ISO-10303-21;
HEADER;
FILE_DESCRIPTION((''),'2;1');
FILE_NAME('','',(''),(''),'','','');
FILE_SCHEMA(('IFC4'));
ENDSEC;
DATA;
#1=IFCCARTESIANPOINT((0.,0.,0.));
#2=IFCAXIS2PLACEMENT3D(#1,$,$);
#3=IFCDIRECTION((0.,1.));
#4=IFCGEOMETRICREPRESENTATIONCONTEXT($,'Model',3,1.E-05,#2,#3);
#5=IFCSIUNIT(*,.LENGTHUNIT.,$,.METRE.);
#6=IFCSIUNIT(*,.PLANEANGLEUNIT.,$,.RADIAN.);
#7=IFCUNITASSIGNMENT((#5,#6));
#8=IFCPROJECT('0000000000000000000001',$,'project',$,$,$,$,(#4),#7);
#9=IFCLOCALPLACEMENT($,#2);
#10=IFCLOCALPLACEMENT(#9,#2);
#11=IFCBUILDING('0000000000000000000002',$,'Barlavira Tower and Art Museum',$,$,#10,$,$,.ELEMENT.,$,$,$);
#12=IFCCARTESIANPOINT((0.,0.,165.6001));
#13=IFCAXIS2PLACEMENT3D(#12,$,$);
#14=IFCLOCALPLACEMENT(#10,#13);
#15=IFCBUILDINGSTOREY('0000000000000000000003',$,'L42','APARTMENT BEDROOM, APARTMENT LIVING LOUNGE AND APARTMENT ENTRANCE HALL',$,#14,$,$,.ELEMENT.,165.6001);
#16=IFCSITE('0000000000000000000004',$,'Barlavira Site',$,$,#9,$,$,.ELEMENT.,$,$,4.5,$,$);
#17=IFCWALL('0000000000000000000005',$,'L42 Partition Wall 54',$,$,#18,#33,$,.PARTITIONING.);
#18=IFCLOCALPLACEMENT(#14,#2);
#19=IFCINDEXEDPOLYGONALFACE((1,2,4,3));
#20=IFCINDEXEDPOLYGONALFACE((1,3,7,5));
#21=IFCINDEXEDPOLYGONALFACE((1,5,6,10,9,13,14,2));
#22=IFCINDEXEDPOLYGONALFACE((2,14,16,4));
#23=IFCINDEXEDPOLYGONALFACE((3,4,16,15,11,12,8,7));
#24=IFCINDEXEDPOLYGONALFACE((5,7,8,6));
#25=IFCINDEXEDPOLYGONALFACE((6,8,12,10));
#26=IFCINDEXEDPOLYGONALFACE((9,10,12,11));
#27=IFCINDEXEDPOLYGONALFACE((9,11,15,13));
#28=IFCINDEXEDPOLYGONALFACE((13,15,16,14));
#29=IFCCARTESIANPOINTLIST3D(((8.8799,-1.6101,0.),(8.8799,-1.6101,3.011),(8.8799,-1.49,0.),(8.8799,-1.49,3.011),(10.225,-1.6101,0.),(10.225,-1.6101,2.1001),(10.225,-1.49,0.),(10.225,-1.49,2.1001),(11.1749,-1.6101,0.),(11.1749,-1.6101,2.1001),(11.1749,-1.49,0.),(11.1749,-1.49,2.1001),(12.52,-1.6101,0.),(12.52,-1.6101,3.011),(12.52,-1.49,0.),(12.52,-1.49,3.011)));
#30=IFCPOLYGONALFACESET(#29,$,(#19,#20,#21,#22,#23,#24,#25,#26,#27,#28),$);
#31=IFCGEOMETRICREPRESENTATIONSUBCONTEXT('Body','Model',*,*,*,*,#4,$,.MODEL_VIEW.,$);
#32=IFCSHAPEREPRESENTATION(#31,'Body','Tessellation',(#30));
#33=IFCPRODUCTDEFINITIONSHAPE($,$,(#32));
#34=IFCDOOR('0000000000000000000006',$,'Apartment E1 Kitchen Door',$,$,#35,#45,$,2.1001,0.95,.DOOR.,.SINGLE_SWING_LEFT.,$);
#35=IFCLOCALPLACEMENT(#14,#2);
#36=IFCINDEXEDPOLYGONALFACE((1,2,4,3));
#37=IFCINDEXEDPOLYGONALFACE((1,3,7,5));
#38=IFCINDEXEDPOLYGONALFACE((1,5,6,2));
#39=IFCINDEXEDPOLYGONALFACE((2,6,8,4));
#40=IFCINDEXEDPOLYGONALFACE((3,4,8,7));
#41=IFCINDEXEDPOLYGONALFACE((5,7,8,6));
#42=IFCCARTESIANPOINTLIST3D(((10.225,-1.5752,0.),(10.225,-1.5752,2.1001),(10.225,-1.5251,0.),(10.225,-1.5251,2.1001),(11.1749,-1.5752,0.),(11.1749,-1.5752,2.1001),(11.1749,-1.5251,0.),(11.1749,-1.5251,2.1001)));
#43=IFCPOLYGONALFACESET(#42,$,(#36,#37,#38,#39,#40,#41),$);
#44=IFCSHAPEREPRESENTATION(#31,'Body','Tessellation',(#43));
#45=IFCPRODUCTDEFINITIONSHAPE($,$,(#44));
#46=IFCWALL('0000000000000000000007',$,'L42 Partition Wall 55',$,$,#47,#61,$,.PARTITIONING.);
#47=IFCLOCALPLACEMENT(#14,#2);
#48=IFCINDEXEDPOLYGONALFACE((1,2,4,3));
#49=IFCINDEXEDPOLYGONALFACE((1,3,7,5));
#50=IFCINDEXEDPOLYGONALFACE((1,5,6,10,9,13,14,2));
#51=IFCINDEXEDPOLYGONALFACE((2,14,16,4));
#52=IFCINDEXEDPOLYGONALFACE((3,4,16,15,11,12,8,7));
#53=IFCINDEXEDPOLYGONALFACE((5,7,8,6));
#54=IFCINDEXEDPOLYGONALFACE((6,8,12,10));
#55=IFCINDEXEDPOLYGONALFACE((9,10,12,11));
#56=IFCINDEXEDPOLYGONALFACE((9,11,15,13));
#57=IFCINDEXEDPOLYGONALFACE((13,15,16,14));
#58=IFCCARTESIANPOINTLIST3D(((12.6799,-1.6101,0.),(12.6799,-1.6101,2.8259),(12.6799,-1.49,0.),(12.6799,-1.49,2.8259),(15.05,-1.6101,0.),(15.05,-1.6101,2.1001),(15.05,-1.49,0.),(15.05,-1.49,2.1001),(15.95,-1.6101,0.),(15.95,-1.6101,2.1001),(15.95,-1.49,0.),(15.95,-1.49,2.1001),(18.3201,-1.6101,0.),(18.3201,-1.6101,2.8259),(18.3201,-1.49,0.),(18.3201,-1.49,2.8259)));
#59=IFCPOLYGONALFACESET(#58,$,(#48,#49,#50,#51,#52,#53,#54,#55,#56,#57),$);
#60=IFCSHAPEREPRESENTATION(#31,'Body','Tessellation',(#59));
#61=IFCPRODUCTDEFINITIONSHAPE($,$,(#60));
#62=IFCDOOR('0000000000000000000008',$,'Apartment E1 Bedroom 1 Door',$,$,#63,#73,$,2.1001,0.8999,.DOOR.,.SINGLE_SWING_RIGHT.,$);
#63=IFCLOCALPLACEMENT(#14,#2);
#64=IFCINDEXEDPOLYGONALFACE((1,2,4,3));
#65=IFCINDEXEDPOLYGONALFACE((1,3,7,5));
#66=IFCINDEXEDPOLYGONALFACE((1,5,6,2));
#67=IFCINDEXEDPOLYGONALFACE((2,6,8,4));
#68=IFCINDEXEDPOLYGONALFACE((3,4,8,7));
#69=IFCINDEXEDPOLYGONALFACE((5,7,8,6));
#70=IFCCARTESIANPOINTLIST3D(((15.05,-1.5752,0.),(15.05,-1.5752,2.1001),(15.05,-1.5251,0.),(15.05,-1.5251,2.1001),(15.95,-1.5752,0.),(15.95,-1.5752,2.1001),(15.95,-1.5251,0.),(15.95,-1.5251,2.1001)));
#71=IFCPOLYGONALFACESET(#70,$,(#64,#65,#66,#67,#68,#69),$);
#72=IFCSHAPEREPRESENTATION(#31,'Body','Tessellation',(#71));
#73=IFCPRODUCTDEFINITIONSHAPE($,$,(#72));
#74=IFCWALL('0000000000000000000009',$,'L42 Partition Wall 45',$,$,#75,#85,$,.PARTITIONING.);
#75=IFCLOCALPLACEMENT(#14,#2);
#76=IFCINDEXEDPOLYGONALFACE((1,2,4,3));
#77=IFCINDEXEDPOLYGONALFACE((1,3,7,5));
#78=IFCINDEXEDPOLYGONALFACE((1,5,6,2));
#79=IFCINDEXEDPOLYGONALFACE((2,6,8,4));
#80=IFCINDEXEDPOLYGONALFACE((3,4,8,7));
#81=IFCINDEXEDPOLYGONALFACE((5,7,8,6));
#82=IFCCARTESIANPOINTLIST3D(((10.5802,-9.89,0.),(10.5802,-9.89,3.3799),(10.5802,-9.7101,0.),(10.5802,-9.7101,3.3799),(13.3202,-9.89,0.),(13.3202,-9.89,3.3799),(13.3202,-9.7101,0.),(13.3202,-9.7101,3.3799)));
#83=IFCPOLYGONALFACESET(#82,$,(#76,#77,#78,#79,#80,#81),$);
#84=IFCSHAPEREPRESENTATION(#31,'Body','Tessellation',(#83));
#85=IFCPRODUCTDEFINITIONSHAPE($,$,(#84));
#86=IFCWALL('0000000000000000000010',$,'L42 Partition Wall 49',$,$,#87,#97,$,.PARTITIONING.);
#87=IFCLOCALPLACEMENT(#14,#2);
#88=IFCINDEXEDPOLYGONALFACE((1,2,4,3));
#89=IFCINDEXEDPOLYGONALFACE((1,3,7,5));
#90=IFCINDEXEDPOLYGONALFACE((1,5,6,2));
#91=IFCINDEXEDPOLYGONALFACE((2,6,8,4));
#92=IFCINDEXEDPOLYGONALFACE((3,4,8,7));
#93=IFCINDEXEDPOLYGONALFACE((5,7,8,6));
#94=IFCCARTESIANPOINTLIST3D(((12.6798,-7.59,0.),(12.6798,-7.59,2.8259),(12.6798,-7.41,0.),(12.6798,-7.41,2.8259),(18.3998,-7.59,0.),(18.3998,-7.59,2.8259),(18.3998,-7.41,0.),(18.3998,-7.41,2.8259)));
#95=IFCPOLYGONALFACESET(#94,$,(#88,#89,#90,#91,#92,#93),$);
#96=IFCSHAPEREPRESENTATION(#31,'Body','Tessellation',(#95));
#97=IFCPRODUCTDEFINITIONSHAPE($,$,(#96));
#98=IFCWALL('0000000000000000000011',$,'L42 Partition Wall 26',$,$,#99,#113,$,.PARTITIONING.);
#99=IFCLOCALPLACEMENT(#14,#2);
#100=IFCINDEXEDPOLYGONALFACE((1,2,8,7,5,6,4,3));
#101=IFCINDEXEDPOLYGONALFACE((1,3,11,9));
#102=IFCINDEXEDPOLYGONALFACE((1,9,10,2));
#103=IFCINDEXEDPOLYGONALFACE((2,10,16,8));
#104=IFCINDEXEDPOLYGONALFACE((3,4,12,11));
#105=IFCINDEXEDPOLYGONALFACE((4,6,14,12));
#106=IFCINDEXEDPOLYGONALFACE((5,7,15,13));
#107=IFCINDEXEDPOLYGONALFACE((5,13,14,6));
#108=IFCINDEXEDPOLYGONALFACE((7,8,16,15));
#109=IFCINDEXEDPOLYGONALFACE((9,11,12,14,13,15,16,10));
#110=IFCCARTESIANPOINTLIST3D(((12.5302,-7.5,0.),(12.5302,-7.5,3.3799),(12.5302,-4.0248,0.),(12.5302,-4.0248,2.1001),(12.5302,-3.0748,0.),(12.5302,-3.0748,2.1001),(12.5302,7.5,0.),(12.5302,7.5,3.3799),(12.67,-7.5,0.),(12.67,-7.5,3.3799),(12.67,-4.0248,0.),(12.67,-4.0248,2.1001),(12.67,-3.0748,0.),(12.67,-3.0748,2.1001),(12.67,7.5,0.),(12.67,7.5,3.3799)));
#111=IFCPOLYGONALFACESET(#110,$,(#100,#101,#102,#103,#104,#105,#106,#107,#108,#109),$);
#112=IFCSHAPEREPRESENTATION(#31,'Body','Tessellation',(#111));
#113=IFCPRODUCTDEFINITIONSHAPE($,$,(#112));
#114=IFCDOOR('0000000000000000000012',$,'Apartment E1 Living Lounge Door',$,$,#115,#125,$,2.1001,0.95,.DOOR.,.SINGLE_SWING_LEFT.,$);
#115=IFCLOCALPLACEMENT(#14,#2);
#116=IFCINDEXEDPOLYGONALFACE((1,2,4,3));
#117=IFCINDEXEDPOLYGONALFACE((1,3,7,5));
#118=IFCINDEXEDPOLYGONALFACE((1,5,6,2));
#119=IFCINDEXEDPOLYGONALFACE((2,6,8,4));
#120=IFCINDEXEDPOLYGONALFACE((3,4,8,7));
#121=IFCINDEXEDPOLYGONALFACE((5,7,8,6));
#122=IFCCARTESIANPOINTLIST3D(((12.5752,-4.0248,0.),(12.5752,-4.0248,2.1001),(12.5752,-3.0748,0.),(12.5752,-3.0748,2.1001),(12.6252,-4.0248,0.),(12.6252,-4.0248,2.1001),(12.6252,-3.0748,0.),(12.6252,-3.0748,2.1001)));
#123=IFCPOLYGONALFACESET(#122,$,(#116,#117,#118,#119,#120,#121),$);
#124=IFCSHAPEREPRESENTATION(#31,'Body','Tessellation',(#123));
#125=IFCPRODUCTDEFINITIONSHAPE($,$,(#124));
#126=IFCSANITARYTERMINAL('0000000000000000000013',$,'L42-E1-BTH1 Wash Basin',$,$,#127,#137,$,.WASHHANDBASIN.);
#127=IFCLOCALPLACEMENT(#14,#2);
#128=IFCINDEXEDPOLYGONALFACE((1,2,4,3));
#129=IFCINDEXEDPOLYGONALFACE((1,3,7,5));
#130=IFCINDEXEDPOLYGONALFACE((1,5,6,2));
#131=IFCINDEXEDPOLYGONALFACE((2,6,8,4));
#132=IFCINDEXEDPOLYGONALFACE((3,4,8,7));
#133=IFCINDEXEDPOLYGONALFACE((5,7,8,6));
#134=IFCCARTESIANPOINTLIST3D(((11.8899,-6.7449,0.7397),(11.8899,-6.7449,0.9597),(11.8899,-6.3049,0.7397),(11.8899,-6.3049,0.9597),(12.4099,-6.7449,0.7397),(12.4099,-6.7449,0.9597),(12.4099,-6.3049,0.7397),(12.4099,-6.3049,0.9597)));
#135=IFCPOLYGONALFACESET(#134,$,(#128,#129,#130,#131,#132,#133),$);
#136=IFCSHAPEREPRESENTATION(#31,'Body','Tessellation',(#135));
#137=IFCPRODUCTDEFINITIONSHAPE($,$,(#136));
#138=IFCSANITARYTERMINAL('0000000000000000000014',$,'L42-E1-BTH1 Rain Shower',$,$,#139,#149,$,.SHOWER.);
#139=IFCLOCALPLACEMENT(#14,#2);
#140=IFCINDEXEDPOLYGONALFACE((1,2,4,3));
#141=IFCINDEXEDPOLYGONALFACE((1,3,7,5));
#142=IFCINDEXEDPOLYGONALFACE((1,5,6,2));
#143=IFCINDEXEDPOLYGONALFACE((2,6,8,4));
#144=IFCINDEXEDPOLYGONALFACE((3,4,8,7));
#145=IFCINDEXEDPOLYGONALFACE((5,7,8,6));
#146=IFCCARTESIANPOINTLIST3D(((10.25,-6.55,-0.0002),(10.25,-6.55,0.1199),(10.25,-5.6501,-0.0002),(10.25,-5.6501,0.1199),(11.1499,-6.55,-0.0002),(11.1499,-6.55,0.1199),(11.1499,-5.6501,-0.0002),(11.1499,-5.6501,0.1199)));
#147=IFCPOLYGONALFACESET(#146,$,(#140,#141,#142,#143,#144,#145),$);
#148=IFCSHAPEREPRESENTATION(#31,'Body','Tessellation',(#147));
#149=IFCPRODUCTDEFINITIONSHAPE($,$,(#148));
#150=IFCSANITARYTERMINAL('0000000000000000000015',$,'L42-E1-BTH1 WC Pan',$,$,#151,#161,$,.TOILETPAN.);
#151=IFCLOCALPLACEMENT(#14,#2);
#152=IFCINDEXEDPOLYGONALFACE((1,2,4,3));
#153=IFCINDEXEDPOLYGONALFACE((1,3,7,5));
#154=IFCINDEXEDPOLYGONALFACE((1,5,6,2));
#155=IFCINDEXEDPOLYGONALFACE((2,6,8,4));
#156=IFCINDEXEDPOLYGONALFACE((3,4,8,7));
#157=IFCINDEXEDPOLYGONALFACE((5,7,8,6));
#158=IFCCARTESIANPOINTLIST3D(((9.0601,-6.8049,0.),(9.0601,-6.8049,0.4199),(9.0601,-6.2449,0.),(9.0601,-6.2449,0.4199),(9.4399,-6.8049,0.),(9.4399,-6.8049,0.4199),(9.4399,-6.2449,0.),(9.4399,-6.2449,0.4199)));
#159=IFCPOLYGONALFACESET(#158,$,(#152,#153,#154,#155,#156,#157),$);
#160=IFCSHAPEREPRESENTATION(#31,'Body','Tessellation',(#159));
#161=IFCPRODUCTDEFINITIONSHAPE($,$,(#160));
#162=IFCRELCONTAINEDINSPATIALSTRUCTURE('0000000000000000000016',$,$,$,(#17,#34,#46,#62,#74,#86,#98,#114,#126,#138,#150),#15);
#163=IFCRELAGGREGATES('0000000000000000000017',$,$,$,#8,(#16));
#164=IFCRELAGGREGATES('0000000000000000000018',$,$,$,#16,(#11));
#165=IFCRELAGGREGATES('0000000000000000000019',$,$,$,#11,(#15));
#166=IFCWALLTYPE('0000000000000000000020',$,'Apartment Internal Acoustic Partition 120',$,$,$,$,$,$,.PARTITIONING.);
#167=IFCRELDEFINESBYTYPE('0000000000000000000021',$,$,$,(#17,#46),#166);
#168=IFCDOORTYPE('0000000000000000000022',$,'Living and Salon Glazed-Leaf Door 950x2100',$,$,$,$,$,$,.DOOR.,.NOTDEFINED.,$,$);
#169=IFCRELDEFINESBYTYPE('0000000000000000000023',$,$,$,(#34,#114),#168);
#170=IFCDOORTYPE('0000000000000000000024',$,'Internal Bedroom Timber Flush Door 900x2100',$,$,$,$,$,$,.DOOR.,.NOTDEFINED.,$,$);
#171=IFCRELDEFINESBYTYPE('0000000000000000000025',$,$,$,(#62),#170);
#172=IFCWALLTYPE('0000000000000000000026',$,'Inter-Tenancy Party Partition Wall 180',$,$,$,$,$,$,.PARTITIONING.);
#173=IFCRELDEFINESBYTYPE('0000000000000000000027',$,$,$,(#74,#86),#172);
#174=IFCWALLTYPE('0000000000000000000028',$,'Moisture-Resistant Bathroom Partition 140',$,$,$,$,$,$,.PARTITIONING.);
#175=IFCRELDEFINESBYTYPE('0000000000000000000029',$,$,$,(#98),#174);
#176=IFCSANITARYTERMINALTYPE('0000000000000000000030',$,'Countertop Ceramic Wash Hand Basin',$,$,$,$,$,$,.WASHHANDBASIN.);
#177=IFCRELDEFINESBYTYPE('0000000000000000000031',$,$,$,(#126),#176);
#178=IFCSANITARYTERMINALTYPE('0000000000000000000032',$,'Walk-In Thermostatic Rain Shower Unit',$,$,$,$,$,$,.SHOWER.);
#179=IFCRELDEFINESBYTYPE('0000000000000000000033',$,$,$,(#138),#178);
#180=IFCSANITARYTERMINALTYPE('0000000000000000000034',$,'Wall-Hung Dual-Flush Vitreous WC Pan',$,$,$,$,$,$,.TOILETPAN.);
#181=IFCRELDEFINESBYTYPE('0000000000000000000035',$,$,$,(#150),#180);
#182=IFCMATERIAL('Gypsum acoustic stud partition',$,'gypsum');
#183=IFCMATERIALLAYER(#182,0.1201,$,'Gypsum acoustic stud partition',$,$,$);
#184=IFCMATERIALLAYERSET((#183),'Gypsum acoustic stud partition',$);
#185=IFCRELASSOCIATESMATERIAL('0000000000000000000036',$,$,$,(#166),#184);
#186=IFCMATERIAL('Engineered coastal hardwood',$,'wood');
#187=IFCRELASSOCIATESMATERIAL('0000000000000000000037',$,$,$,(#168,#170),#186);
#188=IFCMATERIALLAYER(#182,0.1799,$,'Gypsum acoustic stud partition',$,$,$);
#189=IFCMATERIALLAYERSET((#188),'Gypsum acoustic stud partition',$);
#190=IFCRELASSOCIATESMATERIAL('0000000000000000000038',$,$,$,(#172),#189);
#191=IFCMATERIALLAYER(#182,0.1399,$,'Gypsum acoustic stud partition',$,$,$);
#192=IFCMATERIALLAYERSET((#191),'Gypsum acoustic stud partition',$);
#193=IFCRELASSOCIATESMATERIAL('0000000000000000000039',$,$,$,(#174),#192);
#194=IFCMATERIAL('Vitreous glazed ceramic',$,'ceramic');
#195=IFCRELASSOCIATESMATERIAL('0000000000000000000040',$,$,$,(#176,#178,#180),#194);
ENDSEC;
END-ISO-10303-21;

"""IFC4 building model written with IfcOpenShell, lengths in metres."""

from ifc_helpers import new_model, si_unit, direction, frame, frame_2d, origin, origin_2d, place, context, subcontext, project, spatial, rectangle, extrude, material, layer, layer_set, type_object, element, fill, save


model = new_model("IFC4")

# Units and contexts
model_context = context("Model", 3, precision=1e-05, world=origin(), true_north=direction((0.0, 1.0)))
body_context = subcontext(model_context, "Body", "Model", "MODEL_VIEW")
ifc_project = project(units=[si_unit("LENGTHUNIT", "METRE"), si_unit("PLANEANGLEUNIT", "RADIAN")], contexts=[model_context])

# Site, building, storey
site_placement = place(None, origin())
site = spatial("IfcSite", under=ifc_project, at=site_placement, Name="Barlavira Site", CompositionType="ELEMENT", RefElevation=4.5)
building_placement = place(site_placement, origin())
building = spatial("IfcBuilding", under=site, at=building_placement, Name="Barlavira Tower and Art Museum", CompositionType="ELEMENT")
storey_placement = place(building_placement, frame((0.0, 0.0, 165.6001)))
storey = spatial("IfcBuildingStorey", under=building, at=storey_placement, Name="L42", Description="APARTMENT BEDROOM, APARTMENT LIVING LOUNGE AND APARTMENT ENTRANCE HALL", CompositionType="ELEMENT", Elevation=165.6001)

# Walls, openings, doors
ifc_material_1 = material(Name="Gypsum acoustic stud partition", Category="gypsum")
ifc_layer_1 = layer(ifc_material_1, 0.1201, Name="Gypsum acoustic stud partition")
ifc_layer_set_1 = layer_set([ifc_layer_1], Name="Gypsum acoustic stud partition")
wall_type_1 = type_object("IfcWallType", Name="Apartment Internal Acoustic Partition 120", PredefinedType="PARTITIONING", material=ifc_layer_set_1)
wall_1_placement = place(storey_placement, frame((8.8799, -1.55, 0.0), z_axis=(0.0, 0.0, 1.0), x_axis=(1.0, 0.0, 0.0)))
wall_1 = element("IfcWall", 1, at=wall_1_placement, inside=storey, type_object=wall_type_1, Name="L42 Partition Wall 54", PredefinedType="PARTITIONING", context=body_context, shape_type="SweptSolid", body=[
    extrude(rectangle(XDim=3.6401, YDim=0.1201, at=frame_2d((1.8201, 0.0))), origin(), (0.0, 0.0, 1.0), 3.011),
])
opening_1_placement = place(wall_1_placement, frame((1.345, 0.0, 0.0)))
opening_1 = element("IfcOpeningElement", 2, at=opening_1_placement, cuts=wall_1, PredefinedType="OPENING", context=body_context, shape_type="SweptSolid", body=[
    extrude(rectangle(XDim=0.95, YDim=2.1001, at=frame_2d((0.4751, 1.05))), frame((0.0, 0.0701, 0.0), z_axis=(0.0, -1.0, 0.0), x_axis=(1.0, 0.0, 0.0)), (0.0, 0.0, 1.0), 0.1401),
])
ifc_material_2 = material(Name="Engineered coastal hardwood", Category="wood")
door_type_1 = type_object("IfcDoorType", Name="Living and Salon Glazed-Leaf Door 950x2100", OperationType="NOTDEFINED", PredefinedType="DOOR", material=ifc_material_2)
door_1_placement = place(opening_1_placement, origin())
door_1 = element("IfcDoor", 3, at=door_1_placement, inside=storey, type_object=door_type_1, Name="Apartment E1 Kitchen Door", OperationType="SINGLE_SWING_LEFT", OverallHeight=2.1001, OverallWidth=0.95, PredefinedType="DOOR", context=body_context, shape_type="SweptSolid", body=[
    extrude(rectangle(XDim=0.95, YDim=2.1001, at=frame_2d((0.4751, 1.05))), frame((0.0, 0.0249, 0.0), z_axis=(0.0, -1.0, 0.0), x_axis=(1.0, 0.0, 0.0)), (0.0, 0.0, 1.0), 0.05),
])
fill(opening_1, door_1)
wall_2_placement = place(storey_placement, frame((12.6799, -1.55, 0.0), z_axis=(0.0, 0.0, 1.0), x_axis=(1.0, 0.0, 0.0)))
wall_2 = element("IfcWall", 4, at=wall_2_placement, inside=storey, type_object=wall_type_1, Name="L42 Partition Wall 55", PredefinedType="PARTITIONING", context=body_context, shape_type="SweptSolid", body=[
    extrude(rectangle(XDim=5.6401, YDim=0.1201, at=frame_2d((2.8201, 0.0))), origin(), (0.0, 0.0, 1.0), 2.8259),
])
opening_2_placement = place(wall_2_placement, frame((2.3701, 0.0, 0.0)))
opening_2 = element("IfcOpeningElement", 5, at=opening_2_placement, cuts=wall_2, PredefinedType="OPENING", context=body_context, shape_type="SweptSolid", body=[
    extrude(rectangle(XDim=0.8999, YDim=2.1001, at=frame_2d((0.45, 1.05))), frame((0.0, 0.0701, 0.0), z_axis=(0.0, -1.0, 0.0), x_axis=(1.0, 0.0, 0.0)), (0.0, 0.0, 1.0), 0.1401),
])
door_type_2 = type_object("IfcDoorType", Name="Internal Bedroom Timber Flush Door 900x2100", OperationType="NOTDEFINED", PredefinedType="DOOR", material=ifc_material_2)
door_2_placement = place(opening_2_placement, origin())
door_2 = element("IfcDoor", 6, at=door_2_placement, inside=storey, type_object=door_type_2, Name="Apartment E1 Bedroom 1 Door", OperationType="SINGLE_SWING_RIGHT", OverallHeight=2.1001, OverallWidth=0.8999, PredefinedType="DOOR", context=body_context, shape_type="SweptSolid", body=[
    extrude(rectangle(XDim=0.8999, YDim=2.1001, at=frame_2d((0.45, 1.05))), frame((0.0, 0.0249, 0.0), z_axis=(0.0, -1.0, 0.0), x_axis=(1.0, 0.0, 0.0)), (0.0, 0.0, 1.0), 0.05),
])
fill(opening_2, door_2)

# Walls
ifc_layer_2 = layer(ifc_material_1, 0.1799, Name="Gypsum acoustic stud partition")
ifc_layer_set_2 = layer_set([ifc_layer_2], Name="Gypsum acoustic stud partition")
wall_type_2 = type_object("IfcWallType", Name="Inter-Tenancy Party Partition Wall 180", PredefinedType="PARTITIONING", material=ifc_layer_set_2)
wall_3_placement = place(storey_placement, frame((10.5801, -9.8, 0.0), z_axis=(0.0, 0.0, 1.0), x_axis=(1.0, 0.0, 0.0)))
element("IfcWall", 7, at=wall_3_placement, inside=storey, type_object=wall_type_2, Name="L42 Partition Wall 45", PredefinedType="PARTITIONING", context=body_context, shape_type="SweptSolid", body=[
    extrude(rectangle(XDim=2.74, YDim=0.1799, at=frame_2d((1.3701, 0.0))), origin(), (0.0, 0.0, 1.0), 3.3799),
])
wall_4_placement = place(storey_placement, frame((12.6799, -7.5, 0.0), z_axis=(0.0, 0.0, 1.0), x_axis=(1.0, 0.0, 0.0)))
element("IfcWall", 8, at=wall_4_placement, inside=storey, type_object=wall_type_2, Name="L42 Partition Wall 49", PredefinedType="PARTITIONING", context=body_context, shape_type="SweptSolid", body=[
    extrude(rectangle(XDim=5.72, YDim=0.1799, at=frame_2d((2.8599, 0.0))), origin(), (0.0, 0.0, 1.0), 2.8259),
])

# Wall, opening, door
ifc_layer_3 = layer(ifc_material_1, 0.1399, Name="Gypsum acoustic stud partition")
ifc_layer_set_3 = layer_set([ifc_layer_3], Name="Gypsum acoustic stud partition")
wall_type_3 = type_object("IfcWallType", Name="Moisture-Resistant Bathroom Partition 140", PredefinedType="PARTITIONING", material=ifc_layer_set_3)
wall_5_placement = place(storey_placement, frame((12.6001, -7.5, 0.0), z_axis=(0.0, 0.0, 1.0), x_axis=(0.0, 1.0, 0.0)))
wall_5 = element("IfcWall", 9, at=wall_5_placement, inside=storey, type_object=wall_type_3, Name="L42 Partition Wall 26", PredefinedType="PARTITIONING", context=body_context, shape_type="SweptSolid", body=[
    extrude(rectangle(XDim=15.0, YDim=0.1399, at=frame_2d((7.5, 0.0))), origin(), (0.0, 0.0, 1.0), 3.3799),
])
opening_3_placement = place(wall_5_placement, frame((3.4751, 0.0, 0.0)))
opening_3 = element("IfcOpeningElement", 10, at=opening_3_placement, cuts=wall_5, PredefinedType="OPENING", context=body_context, shape_type="SweptSolid", body=[
    extrude(rectangle(XDim=0.95, YDim=2.1001, at=frame_2d((0.4751, 1.05))), frame((0.0, 0.0801, 0.0), z_axis=(0.0, -1.0, 0.0), x_axis=(1.0, 0.0, 0.0)), (0.0, 0.0, 1.0), 0.1599),
])
door_3_placement = place(opening_3_placement, origin())
door_3 = element("IfcDoor", 11, at=door_3_placement, inside=storey, type_object=door_type_1, Name="Apartment E1 Living Lounge Door", OperationType="SINGLE_SWING_LEFT", OverallHeight=2.1001, OverallWidth=0.95, PredefinedType="DOOR", context=body_context, shape_type="SweptSolid", body=[
    extrude(rectangle(XDim=0.95, YDim=2.1001, at=frame_2d((0.4751, 1.05))), frame((0.0, 0.0249, 0.0), z_axis=(0.0, -1.0, 0.0), x_axis=(1.0, 0.0, 0.0)), (0.0, 0.0, 1.0), 0.05),
])
fill(opening_3, door_3)

# Sanitary terminals
ifc_material_3 = material(Name="Vitreous glazed ceramic", Category="ceramic")
sanitary_terminal_type_1 = type_object("IfcSanitaryTerminalType", Name="Countertop Ceramic Wash Hand Basin", PredefinedType="WASHHANDBASIN", material=ifc_material_3)
sanitary_terminal_1_placement = place(storey_placement, frame((12.1499, -6.5249, 0.7397), z_axis=(0.0, 0.0, 1.0), x_axis=(1.0, 0.0, 0.0)))
element("IfcSanitaryTerminal", 12, at=sanitary_terminal_1_placement, inside=storey, type_object=sanitary_terminal_type_1, Name="L42-E1-BTH1 Wash Basin", PredefinedType="WASHHANDBASIN", context=body_context, shape_type="SweptSolid", body=[
    extrude(rectangle(XDim=0.52, YDim=0.4399, at=origin_2d()), origin(), (0.0, 0.0, 1.0), 0.22),
])
sanitary_terminal_type_2 = type_object("IfcSanitaryTerminalType", Name="Walk-In Thermostatic Rain Shower Unit", PredefinedType="SHOWER", material=ifc_material_3)
sanitary_terminal_2_placement = place(storey_placement, frame((10.7, -6.1001, -0.0002), z_axis=(0.0, 0.0, 1.0), x_axis=(1.0, 0.0, 0.0)))
element("IfcSanitaryTerminal", 13, at=sanitary_terminal_2_placement, inside=storey, type_object=sanitary_terminal_type_2, Name="L42-E1-BTH1 Rain Shower", PredefinedType="SHOWER", context=body_context, shape_type="SweptSolid", body=[
    extrude(rectangle(XDim=0.8999, YDim=0.8999, at=origin_2d()), origin(), (0.0, 0.0, 1.0), 0.1201),
])
sanitary_terminal_type_3 = type_object("IfcSanitaryTerminalType", Name="Wall-Hung Dual-Flush Vitreous WC Pan", PredefinedType="TOILETPAN", material=ifc_material_3)
sanitary_terminal_3_placement = place(storey_placement, frame((9.25, -6.5249, 0.0), z_axis=(0.0, 0.0, 1.0), x_axis=(1.0, 0.0, 0.0)))
element("IfcSanitaryTerminal", 14, at=sanitary_terminal_3_placement, inside=storey, type_object=sanitary_terminal_type_3, Name="L42-E1-BTH1 WC Pan", PredefinedType="TOILETPAN", context=body_context, shape_type="SweptSolid", body=[
    extrude(rectangle(XDim=0.3799, YDim=0.5601, at=origin_2d()), origin(), (0.0, 0.0, 1.0), 0.4199),
])

save(model, "model.ifc")
